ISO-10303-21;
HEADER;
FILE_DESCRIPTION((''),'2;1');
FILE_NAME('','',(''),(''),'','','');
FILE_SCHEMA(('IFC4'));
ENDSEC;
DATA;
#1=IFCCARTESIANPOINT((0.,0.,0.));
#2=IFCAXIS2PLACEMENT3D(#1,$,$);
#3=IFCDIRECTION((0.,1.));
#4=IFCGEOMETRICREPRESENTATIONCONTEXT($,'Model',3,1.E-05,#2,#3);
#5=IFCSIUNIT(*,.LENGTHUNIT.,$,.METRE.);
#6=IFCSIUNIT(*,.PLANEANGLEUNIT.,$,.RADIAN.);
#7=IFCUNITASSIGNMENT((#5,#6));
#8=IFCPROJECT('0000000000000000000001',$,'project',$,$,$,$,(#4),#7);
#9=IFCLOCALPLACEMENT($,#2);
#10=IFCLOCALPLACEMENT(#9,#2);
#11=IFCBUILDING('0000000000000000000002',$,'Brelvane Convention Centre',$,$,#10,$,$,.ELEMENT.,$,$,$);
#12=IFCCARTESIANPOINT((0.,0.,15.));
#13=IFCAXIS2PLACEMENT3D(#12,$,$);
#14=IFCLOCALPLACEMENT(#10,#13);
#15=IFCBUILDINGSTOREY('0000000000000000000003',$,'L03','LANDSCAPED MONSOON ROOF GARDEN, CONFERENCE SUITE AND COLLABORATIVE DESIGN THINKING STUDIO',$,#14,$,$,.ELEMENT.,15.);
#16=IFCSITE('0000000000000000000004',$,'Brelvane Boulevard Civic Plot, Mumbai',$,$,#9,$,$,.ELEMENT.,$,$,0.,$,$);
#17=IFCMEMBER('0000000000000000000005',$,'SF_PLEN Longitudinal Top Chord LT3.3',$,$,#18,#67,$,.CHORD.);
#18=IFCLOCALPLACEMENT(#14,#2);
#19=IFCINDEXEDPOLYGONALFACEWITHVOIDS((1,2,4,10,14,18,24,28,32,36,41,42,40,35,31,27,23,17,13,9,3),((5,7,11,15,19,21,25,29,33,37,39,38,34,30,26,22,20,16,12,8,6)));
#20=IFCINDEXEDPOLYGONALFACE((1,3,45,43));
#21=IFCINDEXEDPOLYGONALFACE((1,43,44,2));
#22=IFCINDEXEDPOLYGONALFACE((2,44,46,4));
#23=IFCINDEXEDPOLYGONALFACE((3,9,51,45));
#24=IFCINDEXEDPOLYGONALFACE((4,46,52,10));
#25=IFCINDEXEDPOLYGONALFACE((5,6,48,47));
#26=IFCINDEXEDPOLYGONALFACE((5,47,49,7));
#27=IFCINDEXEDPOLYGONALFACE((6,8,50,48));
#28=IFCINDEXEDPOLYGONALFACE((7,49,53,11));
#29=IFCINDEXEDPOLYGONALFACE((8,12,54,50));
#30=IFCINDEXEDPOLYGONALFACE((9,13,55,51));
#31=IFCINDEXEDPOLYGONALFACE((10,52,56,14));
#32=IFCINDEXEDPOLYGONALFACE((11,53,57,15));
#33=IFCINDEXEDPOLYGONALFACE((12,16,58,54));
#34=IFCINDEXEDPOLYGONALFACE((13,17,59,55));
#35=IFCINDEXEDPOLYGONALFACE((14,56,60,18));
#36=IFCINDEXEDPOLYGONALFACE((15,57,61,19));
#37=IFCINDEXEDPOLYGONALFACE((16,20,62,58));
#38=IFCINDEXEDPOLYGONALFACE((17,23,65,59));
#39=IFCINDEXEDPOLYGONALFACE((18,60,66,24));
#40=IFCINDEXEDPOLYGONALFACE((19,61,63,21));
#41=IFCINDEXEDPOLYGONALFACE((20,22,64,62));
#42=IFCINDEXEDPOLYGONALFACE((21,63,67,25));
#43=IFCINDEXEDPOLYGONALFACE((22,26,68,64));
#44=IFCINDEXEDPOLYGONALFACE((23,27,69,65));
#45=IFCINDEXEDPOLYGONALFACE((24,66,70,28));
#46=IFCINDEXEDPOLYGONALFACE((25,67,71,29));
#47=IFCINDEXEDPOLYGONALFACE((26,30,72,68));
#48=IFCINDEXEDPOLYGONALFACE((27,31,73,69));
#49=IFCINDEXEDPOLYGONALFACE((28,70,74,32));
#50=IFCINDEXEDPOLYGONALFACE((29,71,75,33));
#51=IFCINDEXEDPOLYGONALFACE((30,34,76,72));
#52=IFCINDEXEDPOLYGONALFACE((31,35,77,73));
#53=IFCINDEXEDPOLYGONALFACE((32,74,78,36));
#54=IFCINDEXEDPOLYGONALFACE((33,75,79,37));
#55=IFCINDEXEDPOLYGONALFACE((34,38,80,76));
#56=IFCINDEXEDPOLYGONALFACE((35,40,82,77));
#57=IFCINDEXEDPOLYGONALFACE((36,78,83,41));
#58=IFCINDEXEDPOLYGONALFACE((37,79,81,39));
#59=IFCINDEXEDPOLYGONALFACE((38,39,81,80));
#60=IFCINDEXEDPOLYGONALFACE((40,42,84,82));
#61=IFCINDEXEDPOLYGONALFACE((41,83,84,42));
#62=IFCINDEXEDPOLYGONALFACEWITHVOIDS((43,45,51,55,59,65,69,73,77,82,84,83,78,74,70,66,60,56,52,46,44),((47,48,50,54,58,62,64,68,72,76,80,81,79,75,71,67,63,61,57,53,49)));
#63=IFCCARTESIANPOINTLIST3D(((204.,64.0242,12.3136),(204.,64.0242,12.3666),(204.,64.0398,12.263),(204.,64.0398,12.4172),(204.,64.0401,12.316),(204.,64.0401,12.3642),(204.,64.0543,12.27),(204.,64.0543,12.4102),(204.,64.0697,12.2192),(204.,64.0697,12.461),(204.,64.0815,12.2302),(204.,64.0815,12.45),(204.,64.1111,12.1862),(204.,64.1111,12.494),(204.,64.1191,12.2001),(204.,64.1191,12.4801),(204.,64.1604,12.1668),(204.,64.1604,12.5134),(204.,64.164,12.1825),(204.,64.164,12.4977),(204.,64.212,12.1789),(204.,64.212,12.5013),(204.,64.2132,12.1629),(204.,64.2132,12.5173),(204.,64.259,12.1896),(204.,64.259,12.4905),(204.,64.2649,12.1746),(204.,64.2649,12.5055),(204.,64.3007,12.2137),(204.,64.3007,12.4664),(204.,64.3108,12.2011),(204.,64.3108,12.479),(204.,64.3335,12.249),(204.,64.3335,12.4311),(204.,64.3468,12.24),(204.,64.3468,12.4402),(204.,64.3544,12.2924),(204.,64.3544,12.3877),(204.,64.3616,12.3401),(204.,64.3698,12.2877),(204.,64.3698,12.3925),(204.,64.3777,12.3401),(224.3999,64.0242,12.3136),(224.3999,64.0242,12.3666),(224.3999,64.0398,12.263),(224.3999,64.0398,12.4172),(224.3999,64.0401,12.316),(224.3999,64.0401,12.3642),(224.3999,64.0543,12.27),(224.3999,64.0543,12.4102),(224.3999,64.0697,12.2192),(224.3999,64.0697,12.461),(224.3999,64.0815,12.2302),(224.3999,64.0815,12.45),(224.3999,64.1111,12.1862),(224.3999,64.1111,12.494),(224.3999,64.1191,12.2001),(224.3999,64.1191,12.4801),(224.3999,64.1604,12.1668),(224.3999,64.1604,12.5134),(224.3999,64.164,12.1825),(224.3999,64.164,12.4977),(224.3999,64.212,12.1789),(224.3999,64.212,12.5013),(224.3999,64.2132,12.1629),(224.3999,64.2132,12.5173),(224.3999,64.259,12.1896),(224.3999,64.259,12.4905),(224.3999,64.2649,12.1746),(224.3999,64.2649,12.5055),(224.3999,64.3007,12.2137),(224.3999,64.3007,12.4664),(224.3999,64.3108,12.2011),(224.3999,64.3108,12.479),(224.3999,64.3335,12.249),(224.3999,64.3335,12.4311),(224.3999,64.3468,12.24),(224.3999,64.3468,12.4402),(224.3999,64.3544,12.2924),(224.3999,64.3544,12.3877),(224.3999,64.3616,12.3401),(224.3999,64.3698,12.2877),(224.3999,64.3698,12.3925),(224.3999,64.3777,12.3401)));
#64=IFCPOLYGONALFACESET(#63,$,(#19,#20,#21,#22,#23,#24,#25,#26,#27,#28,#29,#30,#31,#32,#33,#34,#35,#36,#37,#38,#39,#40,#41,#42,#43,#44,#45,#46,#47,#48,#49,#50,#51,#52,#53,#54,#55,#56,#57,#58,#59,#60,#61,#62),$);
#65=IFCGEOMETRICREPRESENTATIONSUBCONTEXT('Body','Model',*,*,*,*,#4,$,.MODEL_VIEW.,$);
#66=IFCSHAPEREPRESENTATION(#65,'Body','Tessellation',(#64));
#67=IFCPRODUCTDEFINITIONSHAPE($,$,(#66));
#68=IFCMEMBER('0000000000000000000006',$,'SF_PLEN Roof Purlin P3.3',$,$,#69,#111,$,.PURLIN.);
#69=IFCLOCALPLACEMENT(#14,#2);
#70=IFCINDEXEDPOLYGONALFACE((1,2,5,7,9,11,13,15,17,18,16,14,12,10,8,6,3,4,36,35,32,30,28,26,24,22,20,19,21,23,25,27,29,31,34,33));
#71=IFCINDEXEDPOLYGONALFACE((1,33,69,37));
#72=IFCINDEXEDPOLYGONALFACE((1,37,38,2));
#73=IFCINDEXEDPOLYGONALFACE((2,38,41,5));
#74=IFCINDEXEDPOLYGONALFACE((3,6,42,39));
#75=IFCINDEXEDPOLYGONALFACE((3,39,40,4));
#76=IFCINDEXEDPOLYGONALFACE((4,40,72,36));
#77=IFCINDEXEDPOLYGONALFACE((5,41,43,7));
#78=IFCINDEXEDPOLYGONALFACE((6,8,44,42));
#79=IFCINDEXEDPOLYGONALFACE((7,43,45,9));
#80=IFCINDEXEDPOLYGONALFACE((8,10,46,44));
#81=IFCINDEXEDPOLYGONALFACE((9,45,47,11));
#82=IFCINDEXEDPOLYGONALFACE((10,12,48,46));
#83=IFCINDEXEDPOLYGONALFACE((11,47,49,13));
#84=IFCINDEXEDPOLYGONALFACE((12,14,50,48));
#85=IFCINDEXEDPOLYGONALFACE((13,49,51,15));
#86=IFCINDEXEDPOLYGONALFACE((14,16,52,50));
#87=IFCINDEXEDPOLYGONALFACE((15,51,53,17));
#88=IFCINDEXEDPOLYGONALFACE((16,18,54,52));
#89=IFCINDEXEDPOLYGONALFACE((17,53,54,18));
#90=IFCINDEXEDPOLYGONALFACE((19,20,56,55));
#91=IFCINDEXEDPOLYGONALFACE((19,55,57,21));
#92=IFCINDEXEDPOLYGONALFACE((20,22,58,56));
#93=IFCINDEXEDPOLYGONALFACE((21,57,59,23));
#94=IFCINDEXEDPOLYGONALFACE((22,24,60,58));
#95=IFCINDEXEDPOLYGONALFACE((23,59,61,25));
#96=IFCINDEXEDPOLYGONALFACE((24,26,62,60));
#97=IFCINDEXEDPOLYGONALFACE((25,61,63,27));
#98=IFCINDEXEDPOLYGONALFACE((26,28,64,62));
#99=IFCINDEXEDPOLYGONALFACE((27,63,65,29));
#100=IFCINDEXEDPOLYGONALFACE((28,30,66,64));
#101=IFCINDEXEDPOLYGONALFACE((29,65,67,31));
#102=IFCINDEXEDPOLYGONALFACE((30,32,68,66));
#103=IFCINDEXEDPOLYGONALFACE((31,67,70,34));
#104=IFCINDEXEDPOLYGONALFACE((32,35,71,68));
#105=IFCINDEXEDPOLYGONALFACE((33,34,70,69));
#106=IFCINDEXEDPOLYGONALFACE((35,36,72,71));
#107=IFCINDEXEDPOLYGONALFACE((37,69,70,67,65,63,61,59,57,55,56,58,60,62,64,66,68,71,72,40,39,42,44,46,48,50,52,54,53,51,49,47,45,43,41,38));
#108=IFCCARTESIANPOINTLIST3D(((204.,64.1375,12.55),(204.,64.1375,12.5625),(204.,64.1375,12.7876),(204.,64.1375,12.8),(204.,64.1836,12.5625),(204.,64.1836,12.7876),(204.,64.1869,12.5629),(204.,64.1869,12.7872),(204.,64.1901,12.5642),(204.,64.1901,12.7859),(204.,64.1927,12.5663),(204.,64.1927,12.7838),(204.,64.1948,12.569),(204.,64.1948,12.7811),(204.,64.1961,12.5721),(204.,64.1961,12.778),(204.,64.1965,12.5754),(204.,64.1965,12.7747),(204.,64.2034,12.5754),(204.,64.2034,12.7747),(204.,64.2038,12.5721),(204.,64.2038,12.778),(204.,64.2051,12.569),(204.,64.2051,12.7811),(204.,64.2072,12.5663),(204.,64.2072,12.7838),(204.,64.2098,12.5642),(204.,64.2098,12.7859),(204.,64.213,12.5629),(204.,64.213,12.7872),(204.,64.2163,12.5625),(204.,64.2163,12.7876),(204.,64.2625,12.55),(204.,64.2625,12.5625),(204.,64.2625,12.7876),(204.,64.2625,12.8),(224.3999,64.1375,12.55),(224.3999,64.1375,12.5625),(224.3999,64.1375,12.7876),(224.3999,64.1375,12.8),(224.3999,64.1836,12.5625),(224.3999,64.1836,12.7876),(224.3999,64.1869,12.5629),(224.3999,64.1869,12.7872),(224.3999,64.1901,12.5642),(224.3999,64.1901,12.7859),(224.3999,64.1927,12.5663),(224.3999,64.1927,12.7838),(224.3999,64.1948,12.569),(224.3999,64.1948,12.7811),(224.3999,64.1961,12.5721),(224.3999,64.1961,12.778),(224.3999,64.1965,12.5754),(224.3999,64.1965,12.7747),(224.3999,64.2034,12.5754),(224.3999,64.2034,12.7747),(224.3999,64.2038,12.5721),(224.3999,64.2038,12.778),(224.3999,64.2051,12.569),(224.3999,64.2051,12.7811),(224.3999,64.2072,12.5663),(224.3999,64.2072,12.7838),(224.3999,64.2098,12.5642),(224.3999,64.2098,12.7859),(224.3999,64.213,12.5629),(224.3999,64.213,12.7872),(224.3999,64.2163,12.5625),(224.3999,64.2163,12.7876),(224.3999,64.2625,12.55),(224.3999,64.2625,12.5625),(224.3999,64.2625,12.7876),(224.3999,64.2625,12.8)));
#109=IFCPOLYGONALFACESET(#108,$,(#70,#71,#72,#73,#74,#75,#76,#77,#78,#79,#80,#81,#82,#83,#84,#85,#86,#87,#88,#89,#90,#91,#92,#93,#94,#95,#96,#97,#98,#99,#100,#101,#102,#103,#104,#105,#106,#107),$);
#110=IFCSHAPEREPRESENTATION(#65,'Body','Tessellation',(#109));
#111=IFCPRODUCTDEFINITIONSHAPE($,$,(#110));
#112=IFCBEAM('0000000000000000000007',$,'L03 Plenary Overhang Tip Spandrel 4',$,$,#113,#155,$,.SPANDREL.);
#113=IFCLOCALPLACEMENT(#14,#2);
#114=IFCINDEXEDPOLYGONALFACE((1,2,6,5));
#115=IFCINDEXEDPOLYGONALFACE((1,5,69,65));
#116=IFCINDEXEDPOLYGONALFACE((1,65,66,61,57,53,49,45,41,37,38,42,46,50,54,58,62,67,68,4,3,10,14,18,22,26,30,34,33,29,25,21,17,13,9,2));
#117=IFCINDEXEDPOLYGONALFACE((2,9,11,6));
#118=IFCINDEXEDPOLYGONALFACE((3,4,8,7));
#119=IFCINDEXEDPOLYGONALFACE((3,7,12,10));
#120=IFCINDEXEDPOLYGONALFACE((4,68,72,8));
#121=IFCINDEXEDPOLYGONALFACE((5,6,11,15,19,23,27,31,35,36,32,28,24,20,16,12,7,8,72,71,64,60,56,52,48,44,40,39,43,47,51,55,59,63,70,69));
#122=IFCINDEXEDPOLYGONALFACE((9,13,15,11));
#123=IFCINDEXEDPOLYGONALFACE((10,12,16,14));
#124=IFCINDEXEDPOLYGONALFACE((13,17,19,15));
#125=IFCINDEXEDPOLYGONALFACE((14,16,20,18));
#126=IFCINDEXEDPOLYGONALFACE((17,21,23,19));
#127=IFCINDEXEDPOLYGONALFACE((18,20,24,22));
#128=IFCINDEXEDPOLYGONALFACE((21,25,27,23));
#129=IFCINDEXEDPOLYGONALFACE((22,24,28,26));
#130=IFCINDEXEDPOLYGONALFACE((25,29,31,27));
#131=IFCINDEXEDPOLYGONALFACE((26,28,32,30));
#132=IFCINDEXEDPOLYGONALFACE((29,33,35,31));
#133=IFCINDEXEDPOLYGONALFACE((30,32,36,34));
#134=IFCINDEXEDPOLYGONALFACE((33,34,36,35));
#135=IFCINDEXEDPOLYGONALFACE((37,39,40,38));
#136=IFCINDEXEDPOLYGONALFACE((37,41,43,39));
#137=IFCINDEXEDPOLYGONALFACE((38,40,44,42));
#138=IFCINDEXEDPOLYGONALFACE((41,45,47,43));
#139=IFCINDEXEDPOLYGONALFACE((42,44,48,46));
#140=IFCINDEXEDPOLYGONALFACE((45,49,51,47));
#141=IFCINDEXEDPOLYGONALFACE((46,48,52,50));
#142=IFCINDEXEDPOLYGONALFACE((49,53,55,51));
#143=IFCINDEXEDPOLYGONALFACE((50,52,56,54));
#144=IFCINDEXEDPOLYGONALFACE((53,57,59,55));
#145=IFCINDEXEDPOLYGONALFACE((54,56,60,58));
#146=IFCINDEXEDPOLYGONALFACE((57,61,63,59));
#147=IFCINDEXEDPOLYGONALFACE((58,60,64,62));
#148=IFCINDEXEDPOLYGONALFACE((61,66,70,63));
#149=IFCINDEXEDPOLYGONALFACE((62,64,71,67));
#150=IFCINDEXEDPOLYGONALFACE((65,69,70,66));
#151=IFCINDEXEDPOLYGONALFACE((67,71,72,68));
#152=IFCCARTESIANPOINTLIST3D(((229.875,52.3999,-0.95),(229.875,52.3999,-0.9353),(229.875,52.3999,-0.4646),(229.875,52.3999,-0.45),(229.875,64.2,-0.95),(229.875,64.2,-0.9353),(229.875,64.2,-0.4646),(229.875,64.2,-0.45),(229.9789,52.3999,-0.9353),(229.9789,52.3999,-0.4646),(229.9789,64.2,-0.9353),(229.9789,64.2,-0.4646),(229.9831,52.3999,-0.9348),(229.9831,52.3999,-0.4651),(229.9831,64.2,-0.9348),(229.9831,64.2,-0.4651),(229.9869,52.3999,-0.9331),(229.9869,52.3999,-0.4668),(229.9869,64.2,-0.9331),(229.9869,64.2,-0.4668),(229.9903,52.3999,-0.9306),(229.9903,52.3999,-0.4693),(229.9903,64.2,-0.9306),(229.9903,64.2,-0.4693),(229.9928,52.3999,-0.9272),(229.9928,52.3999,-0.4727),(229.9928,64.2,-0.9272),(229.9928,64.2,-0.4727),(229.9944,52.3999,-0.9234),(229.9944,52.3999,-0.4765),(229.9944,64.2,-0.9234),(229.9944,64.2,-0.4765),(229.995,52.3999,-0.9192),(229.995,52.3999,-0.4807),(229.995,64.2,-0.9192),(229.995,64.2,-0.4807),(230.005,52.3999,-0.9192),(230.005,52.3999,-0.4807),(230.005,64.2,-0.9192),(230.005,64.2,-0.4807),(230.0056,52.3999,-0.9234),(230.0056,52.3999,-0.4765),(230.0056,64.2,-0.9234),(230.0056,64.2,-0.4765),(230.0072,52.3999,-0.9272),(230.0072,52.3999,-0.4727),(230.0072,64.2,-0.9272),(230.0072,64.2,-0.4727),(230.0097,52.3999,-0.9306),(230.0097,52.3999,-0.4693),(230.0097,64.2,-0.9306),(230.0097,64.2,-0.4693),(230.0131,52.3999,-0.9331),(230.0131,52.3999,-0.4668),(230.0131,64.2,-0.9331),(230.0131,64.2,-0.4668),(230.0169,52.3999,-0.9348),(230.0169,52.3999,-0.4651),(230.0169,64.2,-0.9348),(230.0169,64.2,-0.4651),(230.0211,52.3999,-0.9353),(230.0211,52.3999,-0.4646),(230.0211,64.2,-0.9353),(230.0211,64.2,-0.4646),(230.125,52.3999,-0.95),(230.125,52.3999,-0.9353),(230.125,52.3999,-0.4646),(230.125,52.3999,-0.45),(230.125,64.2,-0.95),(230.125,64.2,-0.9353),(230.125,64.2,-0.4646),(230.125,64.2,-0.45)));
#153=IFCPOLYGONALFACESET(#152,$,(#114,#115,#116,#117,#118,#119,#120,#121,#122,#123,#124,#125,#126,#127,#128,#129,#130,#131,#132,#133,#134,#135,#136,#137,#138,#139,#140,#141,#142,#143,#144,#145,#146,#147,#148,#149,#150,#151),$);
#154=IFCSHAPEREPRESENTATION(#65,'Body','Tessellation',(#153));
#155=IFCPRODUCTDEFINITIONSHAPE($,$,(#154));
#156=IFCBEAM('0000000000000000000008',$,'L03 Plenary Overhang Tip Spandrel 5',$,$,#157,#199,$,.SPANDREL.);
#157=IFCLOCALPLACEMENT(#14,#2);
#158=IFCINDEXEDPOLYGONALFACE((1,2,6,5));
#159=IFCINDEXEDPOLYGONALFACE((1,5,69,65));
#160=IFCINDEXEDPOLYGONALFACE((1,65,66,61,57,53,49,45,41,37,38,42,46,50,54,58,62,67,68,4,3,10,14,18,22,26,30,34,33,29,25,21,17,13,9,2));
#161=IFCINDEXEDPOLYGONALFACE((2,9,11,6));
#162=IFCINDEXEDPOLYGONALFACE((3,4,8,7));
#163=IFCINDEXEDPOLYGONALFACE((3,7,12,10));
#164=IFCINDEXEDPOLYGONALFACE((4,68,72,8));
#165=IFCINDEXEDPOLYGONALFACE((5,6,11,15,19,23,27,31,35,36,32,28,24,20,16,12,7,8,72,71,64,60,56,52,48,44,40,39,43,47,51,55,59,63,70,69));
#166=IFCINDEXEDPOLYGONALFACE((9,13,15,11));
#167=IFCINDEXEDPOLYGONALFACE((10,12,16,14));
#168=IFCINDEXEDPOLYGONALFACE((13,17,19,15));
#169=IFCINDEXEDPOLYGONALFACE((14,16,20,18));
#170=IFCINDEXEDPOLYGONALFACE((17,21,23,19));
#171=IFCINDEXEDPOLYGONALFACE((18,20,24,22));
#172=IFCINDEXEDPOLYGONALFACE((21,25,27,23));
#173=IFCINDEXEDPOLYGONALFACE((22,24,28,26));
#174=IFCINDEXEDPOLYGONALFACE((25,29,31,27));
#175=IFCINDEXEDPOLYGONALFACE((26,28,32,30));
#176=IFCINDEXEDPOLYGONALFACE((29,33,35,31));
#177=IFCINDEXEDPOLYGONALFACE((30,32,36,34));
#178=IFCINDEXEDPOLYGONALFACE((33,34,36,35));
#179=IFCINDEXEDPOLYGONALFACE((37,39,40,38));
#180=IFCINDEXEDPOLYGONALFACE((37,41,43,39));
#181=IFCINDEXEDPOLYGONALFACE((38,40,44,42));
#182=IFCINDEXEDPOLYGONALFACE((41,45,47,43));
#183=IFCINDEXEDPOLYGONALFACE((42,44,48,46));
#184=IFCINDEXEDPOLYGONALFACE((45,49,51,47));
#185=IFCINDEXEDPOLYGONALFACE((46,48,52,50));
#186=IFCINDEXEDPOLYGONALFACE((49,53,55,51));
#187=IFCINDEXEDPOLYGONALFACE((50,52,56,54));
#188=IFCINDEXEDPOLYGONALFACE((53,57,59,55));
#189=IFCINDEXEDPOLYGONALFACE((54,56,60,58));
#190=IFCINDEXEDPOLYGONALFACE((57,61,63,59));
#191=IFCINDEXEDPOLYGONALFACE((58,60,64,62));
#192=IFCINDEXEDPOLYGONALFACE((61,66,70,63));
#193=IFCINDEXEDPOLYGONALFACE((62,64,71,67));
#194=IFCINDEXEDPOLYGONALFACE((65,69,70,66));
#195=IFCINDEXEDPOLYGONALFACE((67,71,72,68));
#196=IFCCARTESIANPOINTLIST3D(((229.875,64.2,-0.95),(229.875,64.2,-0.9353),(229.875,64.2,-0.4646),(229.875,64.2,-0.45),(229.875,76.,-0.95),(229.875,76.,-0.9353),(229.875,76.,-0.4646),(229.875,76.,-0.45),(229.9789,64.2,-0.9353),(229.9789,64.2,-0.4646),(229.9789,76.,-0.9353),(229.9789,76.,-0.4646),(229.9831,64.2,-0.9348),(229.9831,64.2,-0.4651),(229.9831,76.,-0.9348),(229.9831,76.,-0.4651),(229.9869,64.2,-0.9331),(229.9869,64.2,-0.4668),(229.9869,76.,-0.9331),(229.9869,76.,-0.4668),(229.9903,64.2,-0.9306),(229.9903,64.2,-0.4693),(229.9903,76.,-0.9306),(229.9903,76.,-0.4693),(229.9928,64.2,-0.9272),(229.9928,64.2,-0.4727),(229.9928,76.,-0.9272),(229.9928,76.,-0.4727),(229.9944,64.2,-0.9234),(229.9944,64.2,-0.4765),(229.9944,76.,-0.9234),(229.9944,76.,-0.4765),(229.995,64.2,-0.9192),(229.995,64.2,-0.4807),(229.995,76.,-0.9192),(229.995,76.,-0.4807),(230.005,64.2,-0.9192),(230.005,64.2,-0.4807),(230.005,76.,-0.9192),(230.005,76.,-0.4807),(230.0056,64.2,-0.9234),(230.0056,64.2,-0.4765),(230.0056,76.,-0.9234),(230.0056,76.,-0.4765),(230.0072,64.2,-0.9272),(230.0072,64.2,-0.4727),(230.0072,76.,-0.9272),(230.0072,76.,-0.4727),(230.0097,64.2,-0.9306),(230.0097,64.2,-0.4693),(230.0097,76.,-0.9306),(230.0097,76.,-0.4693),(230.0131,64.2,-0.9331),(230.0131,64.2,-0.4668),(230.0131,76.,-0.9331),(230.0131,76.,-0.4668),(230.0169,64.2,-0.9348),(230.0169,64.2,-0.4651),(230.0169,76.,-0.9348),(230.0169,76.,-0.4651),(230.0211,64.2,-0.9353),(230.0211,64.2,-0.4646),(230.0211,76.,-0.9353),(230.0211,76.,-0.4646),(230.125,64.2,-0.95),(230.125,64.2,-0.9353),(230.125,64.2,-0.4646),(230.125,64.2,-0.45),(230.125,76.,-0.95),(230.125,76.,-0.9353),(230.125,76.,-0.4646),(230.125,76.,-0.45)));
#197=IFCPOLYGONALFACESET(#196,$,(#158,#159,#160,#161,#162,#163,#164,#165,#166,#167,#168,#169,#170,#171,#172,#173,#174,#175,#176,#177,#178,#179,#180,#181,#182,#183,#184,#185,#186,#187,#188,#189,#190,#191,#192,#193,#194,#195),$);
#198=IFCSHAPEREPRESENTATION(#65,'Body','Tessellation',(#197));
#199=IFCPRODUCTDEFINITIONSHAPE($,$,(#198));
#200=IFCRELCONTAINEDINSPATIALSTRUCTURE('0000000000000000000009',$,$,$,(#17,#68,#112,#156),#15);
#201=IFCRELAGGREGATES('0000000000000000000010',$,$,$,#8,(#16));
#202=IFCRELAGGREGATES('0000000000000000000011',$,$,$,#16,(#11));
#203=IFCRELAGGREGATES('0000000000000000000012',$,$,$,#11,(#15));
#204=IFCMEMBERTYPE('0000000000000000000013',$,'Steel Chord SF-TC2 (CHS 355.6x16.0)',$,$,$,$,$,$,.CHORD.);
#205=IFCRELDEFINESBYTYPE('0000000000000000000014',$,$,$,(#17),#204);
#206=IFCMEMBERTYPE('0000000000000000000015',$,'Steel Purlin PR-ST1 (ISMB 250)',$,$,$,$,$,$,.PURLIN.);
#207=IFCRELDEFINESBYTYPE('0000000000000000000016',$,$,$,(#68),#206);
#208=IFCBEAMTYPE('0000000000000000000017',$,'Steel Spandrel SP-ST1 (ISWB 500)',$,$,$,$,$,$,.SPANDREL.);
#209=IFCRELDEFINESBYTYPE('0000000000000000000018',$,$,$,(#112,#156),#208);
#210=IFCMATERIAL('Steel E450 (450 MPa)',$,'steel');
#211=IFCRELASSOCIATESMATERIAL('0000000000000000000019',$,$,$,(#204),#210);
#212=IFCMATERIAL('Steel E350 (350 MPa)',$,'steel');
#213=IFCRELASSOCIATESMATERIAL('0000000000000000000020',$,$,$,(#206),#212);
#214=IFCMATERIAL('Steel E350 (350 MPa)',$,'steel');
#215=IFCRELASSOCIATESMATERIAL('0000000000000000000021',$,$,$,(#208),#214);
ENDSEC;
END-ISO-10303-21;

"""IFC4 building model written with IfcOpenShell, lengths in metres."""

from ifc_helpers import new_model, si_unit, direction, frame, origin, origin_2d, place, context, subcontext, project, spatial, hollow_circle, i_section, extrude, material, material_profile, profile_set, type_object, element, save


model = new_model("IFC4")

# Units and contexts
model_context = context("Model", 3, precision=1e-05, world=origin(), true_north=direction((0.0, 1.0)))
body_context = subcontext(model_context, "Body", "Model", "MODEL_VIEW")
ifc_project = project(units=[si_unit("LENGTHUNIT", "METRE"), si_unit("PLANEANGLEUNIT", "RADIAN")], contexts=[model_context])

# Site, building, storey
site_placement = place(None, origin())
site = spatial("IfcSite", under=ifc_project, at=site_placement, Name="Brelvane Boulevard Civic Plot, Mumbai", CompositionType="ELEMENT", RefElevation=0.0)
building_placement = place(site_placement, origin())
building = spatial("IfcBuilding", under=site, at=building_placement, Name="Brelvane Convention Centre", CompositionType="ELEMENT")
storey_placement = place(building_placement, frame((0.0, 0.0, 15.0)))
storey = spatial("IfcBuildingStorey", under=building, at=storey_placement, Name="L03", Description="LANDSCAPED MONSOON ROOF GARDEN, CONFERENCE SUITE AND COLLABORATIVE DESIGN THINKING STUDIO", CompositionType="ELEMENT", Elevation=15.0)

# Members
ifc_material_1 = material(Name="Steel E450 (450 MPa)", Category="steel")
ifc_material_profile_1 = material_profile(ifc_material_1, hollow_circle(Radius=0.1777, WallThickness=0.0161, at=origin_2d()), Name="CHS 355.6x16.0")
ifc_profile_set_1 = profile_set([ifc_material_profile_1], Name="Steel E450 (450 MPa)")
member_type_1 = type_object("IfcMemberType", Name="Steel Chord SF-TC2 (CHS 355.6x16.0)", PredefinedType="CHORD", material=ifc_profile_set_1)
member_1_placement = place(storey_placement, frame((204.0, 64.2, 12.3401), z_axis=(1.0, 0.0, 0.0), x_axis=(0.0, 1.0, 0.0)))
element("IfcMember", 1, at=member_1_placement, inside=storey, type_object=member_type_1, Name="SF_PLEN Longitudinal Top Chord LT3.3", PredefinedType="CHORD", context=body_context, shape_type="SweptSolid", body=[
    extrude(hollow_circle(Radius=0.1777, WallThickness=0.0161, at=origin_2d()), origin(), (0.0, 0.0, 1.0), 20.3999),
])
ifc_material_2 = material(Name="Steel E350 (350 MPa)", Category="steel")
ifc_material_profile_2 = material_profile(ifc_material_2, i_section(OverallWidth=0.125, OverallDepth=0.25, WebThickness=0.0068, FlangeThickness=0.0125, FilletRadius=0.0129, at=origin_2d()), Name="ISMB 250")
ifc_profile_set_2 = profile_set([ifc_material_profile_2], Name="Steel E350 (350 MPa)")
member_type_2 = type_object("IfcMemberType", Name="Steel Purlin PR-ST1 (ISMB 250)", PredefinedType="PURLIN", material=ifc_profile_set_2)
member_2_placement = place(storey_placement, frame((204.0, 64.2, 12.675), z_axis=(1.0, 0.0, 0.0), x_axis=(0.0, 1.0, 0.0)))
element("IfcMember", 2, at=member_2_placement, inside=storey, type_object=member_type_2, Name="SF_PLEN Roof Purlin P3.3", PredefinedType="PURLIN", context=body_context, shape_type="SweptSolid", body=[
    extrude(i_section(OverallWidth=0.125, OverallDepth=0.25, WebThickness=0.0068, FlangeThickness=0.0125, FilletRadius=0.0129, at=origin_2d()), origin(), (0.0, 0.0, 1.0), 20.3999),
])

# Beams
ifc_material_3 = material(Name="Steel E350 (350 MPa)", Category="steel")
ifc_material_profile_3 = material_profile(ifc_material_3, i_section(OverallWidth=0.25, OverallDepth=0.5, WebThickness=0.01, FlangeThickness=0.0146, FilletRadius=0.0161, at=origin_2d()), Name="ISWB 500")
ifc_profile_set_3 = profile_set([ifc_material_profile_3], Name="Steel E350 (350 MPa)")
beam_type_1 = type_object("IfcBeamType", Name="Steel Spandrel SP-ST1 (ISWB 500)", PredefinedType="SPANDREL", material=ifc_profile_set_3)
for number, where, z_axis, x_axis, name in (
    (3, (230.0, 52.3999, -0.7), (0.0, 1.0, 0.0), (-1.0, 0.0, 0.0), "L03 Plenary Overhang Tip Spandrel 4"),
    (4, (230.0, 64.2, -0.7), (0.0, 1.0, 0.0), (-1.0, 0.0, 0.0), "L03 Plenary Overhang Tip Spandrel 5"),
):
    element("IfcBeam", number, at=place(storey_placement, frame(where, z_axis=z_axis, x_axis=x_axis)), inside=storey, type_object=beam_type_1, Name=name, PredefinedType="SPANDREL", context=body_context, shape_type="SweptSolid", body=[
        extrude(i_section(OverallWidth=0.25, OverallDepth=0.5, WebThickness=0.01, FlangeThickness=0.0146, FilletRadius=0.0161, at=origin_2d()), origin(), (0.0, 0.0, 1.0), 11.8),
    ])

save(model, "model.ifc")
